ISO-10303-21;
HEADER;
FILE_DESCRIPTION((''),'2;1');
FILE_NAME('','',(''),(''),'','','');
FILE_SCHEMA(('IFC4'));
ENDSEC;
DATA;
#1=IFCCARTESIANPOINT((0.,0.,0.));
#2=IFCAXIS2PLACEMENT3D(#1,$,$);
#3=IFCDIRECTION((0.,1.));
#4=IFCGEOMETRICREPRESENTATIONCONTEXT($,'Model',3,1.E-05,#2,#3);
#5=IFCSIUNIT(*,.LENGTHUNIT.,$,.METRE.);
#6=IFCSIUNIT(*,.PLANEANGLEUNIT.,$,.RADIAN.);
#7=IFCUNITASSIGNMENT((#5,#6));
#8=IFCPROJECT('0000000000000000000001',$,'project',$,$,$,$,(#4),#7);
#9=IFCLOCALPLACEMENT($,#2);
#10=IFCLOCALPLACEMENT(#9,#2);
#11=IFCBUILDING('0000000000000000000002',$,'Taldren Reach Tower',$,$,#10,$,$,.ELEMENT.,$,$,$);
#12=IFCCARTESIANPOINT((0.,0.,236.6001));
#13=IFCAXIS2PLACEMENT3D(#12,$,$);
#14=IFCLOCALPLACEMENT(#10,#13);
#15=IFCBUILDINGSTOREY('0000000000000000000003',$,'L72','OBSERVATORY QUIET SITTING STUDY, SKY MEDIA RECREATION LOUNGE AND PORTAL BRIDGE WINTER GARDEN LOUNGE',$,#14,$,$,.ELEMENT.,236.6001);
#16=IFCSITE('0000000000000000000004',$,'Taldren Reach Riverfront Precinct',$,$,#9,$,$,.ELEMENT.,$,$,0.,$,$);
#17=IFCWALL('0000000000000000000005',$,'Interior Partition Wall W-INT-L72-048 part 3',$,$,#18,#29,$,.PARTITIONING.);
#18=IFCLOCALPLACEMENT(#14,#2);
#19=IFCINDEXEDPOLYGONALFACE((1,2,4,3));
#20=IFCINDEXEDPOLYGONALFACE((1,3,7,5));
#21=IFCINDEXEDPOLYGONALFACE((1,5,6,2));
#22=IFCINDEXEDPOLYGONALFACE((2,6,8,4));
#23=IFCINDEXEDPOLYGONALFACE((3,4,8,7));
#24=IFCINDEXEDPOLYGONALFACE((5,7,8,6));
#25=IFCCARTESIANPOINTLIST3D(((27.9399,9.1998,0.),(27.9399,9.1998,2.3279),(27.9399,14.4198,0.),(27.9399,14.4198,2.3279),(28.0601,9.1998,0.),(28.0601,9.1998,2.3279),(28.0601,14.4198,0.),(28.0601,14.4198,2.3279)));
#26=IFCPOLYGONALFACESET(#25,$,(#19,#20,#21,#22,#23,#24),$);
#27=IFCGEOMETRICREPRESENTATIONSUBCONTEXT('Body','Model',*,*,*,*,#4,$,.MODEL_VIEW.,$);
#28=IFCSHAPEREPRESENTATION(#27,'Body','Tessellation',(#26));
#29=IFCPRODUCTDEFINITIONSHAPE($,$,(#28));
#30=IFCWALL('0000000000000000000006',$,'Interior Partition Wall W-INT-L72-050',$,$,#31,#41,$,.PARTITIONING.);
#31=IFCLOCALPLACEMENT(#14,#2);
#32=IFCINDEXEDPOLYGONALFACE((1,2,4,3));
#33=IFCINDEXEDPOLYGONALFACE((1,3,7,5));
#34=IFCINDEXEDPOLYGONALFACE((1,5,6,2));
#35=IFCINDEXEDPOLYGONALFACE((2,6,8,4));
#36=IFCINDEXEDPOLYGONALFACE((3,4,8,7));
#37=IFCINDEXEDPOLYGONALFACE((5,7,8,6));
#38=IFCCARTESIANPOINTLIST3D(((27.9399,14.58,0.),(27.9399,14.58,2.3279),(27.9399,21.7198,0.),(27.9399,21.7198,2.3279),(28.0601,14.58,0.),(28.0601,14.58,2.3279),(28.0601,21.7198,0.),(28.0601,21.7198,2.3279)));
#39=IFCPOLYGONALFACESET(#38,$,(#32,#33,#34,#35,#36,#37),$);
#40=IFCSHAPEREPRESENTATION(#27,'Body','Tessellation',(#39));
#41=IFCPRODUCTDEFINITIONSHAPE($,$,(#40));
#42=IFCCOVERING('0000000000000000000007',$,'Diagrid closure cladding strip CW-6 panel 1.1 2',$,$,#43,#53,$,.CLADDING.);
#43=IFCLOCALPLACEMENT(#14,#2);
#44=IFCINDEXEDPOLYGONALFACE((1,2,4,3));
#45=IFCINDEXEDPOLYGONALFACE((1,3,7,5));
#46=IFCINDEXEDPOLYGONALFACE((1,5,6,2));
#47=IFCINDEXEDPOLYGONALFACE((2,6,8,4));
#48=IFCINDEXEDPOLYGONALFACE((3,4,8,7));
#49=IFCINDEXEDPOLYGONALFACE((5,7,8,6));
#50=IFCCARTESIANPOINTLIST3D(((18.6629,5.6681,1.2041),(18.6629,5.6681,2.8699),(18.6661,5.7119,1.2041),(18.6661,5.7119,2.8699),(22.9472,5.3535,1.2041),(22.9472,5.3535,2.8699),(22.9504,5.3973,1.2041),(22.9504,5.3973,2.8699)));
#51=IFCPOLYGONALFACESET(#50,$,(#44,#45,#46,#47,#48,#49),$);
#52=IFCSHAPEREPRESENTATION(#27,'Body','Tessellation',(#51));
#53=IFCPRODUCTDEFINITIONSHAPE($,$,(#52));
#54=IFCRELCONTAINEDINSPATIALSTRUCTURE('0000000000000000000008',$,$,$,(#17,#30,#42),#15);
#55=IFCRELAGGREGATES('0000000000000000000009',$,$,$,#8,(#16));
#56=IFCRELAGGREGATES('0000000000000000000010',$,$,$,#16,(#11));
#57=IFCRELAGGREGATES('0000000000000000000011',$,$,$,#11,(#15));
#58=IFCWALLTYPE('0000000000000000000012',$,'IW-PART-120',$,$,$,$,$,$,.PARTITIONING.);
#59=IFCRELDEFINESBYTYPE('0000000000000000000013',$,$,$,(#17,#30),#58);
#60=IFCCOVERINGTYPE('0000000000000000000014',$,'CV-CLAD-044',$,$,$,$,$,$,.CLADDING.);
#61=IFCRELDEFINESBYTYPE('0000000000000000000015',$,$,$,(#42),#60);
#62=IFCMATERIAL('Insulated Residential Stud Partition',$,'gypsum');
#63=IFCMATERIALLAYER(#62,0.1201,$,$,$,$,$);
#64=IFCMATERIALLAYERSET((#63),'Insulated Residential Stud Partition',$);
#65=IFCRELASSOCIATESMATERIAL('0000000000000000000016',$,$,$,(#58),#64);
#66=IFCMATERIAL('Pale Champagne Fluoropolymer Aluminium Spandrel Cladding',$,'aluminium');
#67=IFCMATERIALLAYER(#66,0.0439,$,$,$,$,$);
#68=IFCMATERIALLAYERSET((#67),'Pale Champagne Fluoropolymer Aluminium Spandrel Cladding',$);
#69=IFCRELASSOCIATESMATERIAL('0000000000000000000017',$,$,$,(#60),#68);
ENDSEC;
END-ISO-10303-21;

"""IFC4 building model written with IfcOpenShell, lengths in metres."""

from ifc_helpers import new_model, si_unit, direction, frame, frame_2d, origin, origin_2d, place, context, subcontext, project, spatial, rectangle, extrude, source, transform, mapped, material, layer, layer_set, type_object, element, save


model = new_model("IFC4")

# Units and contexts
model_context = context("Model", 3, precision=1e-05, world=origin(), true_north=direction((0.0, 1.0)))
body_context = subcontext(model_context, "Body", "Model", "MODEL_VIEW")
ifc_project = project(units=[si_unit("LENGTHUNIT", "METRE"), si_unit("PLANEANGLEUNIT", "RADIAN")], contexts=[model_context])

# Site, building, storey
site_placement = place(None, origin())
site = spatial("IfcSite", under=ifc_project, at=site_placement, Name="Taldren Reach Riverfront Precinct", CompositionType="ELEMENT", RefElevation=0.0)
building_placement = place(site_placement, origin())
building = spatial("IfcBuilding", under=site, at=building_placement, Name="Taldren Reach Tower", CompositionType="ELEMENT")
storey_placement = place(building_placement, frame((0.0, 0.0, 236.6001)))
storey = spatial("IfcBuildingStorey", under=building, at=storey_placement, Name="L72", Description="OBSERVATORY QUIET SITTING STUDY, SKY MEDIA RECREATION LOUNGE AND PORTAL BRIDGE WINTER GARDEN LOUNGE", CompositionType="ELEMENT", Elevation=236.6001)

# Shared definitions
ifc_material_1 = material(Name="Insulated Residential Stud Partition", Category="gypsum")
ifc_layer_1 = layer(ifc_material_1, 0.1201)
ifc_layer_set_1 = layer_set([ifc_layer_1], Name="Insulated Residential Stud Partition")
wall_type_1 = type_object("IfcWallType", Name="IW-PART-120", PredefinedType="PARTITIONING", material=ifc_layer_set_1)

# Walls
shared_shape_1 = source(origin(), body_context, "Body", "SweptSolid", [
    extrude(rectangle(XDim=5.22, YDim=0.1201, at=frame_2d((2.6099, 0.0))), origin(), (0.0, 0.0, 1.0), 2.3279),
])
wall_1_placement = place(storey_placement, frame((28.0, 9.2, 0.0), z_axis=(0.0, 0.0, 1.0), x_axis=(0.0, 1.0, 0.0)))
element("IfcWall", 1, at=wall_1_placement, inside=storey, type_object=wall_type_1, Name="Interior Partition Wall W-INT-L72-048 part 3", PredefinedType="PARTITIONING", context=body_context, shape_type="MappedRepresentation", body=[
    mapped(shared_shape_1, transform((0.0, 0.0, 0.0), scale=1.0)),
])
shared_shape_2 = source(origin(), body_context, "Body", "SweptSolid", [
    extrude(rectangle(XDim=7.1399, YDim=0.1201, at=frame_2d((3.5698, 0.0))), origin(), (0.0, 0.0, 1.0), 2.3279),
])
wall_2_placement = place(storey_placement, frame((28.0, 14.5801, 0.0), z_axis=(0.0, 0.0, 1.0), x_axis=(0.0, 1.0, 0.0)))
element("IfcWall", 2, at=wall_2_placement, inside=storey, type_object=wall_type_1, Name="Interior Partition Wall W-INT-L72-050", PredefinedType="PARTITIONING", context=body_context, shape_type="MappedRepresentation", body=[
    mapped(shared_shape_2, transform((0.0, 0.0, 0.0), scale=1.0)),
])

# Covering
ifc_material_2 = material(Name="Pale Champagne Fluoropolymer Aluminium Spandrel Cladding", Category="aluminium")
ifc_layer_2 = layer(ifc_material_2, 0.0439)
ifc_layer_set_2 = layer_set([ifc_layer_2], Name="Pale Champagne Fluoropolymer Aluminium Spandrel Cladding")
covering_type = type_object("IfcCoveringType", Name="CV-CLAD-044", PredefinedType="CLADDING", material=ifc_layer_set_2)
shared_shape_3 = source(origin(), body_context, "Body", "SweptSolid", [
    extrude(rectangle(XDim=4.2959, YDim=0.0439, at=origin_2d()), origin(), (0.0, 0.0, 1.0), 1.6658),
])
covering_placement = place(storey_placement, frame((20.8066, 5.5327, 1.2041), z_axis=(0.0, 0.0, 1.0), x_axis=(0.997314, -0.073238, 0.0)))
element("IfcCovering", 3, at=covering_placement, inside=storey, type_object=covering_type, Name="Diagrid closure cladding strip CW-6 panel 1.1 2", PredefinedType="CLADDING", context=body_context, shape_type="MappedRepresentation", body=[
    mapped(shared_shape_3, transform((0.0, 0.0, 0.0), scale=1.0)),
])

save(model, "model.ifc")
